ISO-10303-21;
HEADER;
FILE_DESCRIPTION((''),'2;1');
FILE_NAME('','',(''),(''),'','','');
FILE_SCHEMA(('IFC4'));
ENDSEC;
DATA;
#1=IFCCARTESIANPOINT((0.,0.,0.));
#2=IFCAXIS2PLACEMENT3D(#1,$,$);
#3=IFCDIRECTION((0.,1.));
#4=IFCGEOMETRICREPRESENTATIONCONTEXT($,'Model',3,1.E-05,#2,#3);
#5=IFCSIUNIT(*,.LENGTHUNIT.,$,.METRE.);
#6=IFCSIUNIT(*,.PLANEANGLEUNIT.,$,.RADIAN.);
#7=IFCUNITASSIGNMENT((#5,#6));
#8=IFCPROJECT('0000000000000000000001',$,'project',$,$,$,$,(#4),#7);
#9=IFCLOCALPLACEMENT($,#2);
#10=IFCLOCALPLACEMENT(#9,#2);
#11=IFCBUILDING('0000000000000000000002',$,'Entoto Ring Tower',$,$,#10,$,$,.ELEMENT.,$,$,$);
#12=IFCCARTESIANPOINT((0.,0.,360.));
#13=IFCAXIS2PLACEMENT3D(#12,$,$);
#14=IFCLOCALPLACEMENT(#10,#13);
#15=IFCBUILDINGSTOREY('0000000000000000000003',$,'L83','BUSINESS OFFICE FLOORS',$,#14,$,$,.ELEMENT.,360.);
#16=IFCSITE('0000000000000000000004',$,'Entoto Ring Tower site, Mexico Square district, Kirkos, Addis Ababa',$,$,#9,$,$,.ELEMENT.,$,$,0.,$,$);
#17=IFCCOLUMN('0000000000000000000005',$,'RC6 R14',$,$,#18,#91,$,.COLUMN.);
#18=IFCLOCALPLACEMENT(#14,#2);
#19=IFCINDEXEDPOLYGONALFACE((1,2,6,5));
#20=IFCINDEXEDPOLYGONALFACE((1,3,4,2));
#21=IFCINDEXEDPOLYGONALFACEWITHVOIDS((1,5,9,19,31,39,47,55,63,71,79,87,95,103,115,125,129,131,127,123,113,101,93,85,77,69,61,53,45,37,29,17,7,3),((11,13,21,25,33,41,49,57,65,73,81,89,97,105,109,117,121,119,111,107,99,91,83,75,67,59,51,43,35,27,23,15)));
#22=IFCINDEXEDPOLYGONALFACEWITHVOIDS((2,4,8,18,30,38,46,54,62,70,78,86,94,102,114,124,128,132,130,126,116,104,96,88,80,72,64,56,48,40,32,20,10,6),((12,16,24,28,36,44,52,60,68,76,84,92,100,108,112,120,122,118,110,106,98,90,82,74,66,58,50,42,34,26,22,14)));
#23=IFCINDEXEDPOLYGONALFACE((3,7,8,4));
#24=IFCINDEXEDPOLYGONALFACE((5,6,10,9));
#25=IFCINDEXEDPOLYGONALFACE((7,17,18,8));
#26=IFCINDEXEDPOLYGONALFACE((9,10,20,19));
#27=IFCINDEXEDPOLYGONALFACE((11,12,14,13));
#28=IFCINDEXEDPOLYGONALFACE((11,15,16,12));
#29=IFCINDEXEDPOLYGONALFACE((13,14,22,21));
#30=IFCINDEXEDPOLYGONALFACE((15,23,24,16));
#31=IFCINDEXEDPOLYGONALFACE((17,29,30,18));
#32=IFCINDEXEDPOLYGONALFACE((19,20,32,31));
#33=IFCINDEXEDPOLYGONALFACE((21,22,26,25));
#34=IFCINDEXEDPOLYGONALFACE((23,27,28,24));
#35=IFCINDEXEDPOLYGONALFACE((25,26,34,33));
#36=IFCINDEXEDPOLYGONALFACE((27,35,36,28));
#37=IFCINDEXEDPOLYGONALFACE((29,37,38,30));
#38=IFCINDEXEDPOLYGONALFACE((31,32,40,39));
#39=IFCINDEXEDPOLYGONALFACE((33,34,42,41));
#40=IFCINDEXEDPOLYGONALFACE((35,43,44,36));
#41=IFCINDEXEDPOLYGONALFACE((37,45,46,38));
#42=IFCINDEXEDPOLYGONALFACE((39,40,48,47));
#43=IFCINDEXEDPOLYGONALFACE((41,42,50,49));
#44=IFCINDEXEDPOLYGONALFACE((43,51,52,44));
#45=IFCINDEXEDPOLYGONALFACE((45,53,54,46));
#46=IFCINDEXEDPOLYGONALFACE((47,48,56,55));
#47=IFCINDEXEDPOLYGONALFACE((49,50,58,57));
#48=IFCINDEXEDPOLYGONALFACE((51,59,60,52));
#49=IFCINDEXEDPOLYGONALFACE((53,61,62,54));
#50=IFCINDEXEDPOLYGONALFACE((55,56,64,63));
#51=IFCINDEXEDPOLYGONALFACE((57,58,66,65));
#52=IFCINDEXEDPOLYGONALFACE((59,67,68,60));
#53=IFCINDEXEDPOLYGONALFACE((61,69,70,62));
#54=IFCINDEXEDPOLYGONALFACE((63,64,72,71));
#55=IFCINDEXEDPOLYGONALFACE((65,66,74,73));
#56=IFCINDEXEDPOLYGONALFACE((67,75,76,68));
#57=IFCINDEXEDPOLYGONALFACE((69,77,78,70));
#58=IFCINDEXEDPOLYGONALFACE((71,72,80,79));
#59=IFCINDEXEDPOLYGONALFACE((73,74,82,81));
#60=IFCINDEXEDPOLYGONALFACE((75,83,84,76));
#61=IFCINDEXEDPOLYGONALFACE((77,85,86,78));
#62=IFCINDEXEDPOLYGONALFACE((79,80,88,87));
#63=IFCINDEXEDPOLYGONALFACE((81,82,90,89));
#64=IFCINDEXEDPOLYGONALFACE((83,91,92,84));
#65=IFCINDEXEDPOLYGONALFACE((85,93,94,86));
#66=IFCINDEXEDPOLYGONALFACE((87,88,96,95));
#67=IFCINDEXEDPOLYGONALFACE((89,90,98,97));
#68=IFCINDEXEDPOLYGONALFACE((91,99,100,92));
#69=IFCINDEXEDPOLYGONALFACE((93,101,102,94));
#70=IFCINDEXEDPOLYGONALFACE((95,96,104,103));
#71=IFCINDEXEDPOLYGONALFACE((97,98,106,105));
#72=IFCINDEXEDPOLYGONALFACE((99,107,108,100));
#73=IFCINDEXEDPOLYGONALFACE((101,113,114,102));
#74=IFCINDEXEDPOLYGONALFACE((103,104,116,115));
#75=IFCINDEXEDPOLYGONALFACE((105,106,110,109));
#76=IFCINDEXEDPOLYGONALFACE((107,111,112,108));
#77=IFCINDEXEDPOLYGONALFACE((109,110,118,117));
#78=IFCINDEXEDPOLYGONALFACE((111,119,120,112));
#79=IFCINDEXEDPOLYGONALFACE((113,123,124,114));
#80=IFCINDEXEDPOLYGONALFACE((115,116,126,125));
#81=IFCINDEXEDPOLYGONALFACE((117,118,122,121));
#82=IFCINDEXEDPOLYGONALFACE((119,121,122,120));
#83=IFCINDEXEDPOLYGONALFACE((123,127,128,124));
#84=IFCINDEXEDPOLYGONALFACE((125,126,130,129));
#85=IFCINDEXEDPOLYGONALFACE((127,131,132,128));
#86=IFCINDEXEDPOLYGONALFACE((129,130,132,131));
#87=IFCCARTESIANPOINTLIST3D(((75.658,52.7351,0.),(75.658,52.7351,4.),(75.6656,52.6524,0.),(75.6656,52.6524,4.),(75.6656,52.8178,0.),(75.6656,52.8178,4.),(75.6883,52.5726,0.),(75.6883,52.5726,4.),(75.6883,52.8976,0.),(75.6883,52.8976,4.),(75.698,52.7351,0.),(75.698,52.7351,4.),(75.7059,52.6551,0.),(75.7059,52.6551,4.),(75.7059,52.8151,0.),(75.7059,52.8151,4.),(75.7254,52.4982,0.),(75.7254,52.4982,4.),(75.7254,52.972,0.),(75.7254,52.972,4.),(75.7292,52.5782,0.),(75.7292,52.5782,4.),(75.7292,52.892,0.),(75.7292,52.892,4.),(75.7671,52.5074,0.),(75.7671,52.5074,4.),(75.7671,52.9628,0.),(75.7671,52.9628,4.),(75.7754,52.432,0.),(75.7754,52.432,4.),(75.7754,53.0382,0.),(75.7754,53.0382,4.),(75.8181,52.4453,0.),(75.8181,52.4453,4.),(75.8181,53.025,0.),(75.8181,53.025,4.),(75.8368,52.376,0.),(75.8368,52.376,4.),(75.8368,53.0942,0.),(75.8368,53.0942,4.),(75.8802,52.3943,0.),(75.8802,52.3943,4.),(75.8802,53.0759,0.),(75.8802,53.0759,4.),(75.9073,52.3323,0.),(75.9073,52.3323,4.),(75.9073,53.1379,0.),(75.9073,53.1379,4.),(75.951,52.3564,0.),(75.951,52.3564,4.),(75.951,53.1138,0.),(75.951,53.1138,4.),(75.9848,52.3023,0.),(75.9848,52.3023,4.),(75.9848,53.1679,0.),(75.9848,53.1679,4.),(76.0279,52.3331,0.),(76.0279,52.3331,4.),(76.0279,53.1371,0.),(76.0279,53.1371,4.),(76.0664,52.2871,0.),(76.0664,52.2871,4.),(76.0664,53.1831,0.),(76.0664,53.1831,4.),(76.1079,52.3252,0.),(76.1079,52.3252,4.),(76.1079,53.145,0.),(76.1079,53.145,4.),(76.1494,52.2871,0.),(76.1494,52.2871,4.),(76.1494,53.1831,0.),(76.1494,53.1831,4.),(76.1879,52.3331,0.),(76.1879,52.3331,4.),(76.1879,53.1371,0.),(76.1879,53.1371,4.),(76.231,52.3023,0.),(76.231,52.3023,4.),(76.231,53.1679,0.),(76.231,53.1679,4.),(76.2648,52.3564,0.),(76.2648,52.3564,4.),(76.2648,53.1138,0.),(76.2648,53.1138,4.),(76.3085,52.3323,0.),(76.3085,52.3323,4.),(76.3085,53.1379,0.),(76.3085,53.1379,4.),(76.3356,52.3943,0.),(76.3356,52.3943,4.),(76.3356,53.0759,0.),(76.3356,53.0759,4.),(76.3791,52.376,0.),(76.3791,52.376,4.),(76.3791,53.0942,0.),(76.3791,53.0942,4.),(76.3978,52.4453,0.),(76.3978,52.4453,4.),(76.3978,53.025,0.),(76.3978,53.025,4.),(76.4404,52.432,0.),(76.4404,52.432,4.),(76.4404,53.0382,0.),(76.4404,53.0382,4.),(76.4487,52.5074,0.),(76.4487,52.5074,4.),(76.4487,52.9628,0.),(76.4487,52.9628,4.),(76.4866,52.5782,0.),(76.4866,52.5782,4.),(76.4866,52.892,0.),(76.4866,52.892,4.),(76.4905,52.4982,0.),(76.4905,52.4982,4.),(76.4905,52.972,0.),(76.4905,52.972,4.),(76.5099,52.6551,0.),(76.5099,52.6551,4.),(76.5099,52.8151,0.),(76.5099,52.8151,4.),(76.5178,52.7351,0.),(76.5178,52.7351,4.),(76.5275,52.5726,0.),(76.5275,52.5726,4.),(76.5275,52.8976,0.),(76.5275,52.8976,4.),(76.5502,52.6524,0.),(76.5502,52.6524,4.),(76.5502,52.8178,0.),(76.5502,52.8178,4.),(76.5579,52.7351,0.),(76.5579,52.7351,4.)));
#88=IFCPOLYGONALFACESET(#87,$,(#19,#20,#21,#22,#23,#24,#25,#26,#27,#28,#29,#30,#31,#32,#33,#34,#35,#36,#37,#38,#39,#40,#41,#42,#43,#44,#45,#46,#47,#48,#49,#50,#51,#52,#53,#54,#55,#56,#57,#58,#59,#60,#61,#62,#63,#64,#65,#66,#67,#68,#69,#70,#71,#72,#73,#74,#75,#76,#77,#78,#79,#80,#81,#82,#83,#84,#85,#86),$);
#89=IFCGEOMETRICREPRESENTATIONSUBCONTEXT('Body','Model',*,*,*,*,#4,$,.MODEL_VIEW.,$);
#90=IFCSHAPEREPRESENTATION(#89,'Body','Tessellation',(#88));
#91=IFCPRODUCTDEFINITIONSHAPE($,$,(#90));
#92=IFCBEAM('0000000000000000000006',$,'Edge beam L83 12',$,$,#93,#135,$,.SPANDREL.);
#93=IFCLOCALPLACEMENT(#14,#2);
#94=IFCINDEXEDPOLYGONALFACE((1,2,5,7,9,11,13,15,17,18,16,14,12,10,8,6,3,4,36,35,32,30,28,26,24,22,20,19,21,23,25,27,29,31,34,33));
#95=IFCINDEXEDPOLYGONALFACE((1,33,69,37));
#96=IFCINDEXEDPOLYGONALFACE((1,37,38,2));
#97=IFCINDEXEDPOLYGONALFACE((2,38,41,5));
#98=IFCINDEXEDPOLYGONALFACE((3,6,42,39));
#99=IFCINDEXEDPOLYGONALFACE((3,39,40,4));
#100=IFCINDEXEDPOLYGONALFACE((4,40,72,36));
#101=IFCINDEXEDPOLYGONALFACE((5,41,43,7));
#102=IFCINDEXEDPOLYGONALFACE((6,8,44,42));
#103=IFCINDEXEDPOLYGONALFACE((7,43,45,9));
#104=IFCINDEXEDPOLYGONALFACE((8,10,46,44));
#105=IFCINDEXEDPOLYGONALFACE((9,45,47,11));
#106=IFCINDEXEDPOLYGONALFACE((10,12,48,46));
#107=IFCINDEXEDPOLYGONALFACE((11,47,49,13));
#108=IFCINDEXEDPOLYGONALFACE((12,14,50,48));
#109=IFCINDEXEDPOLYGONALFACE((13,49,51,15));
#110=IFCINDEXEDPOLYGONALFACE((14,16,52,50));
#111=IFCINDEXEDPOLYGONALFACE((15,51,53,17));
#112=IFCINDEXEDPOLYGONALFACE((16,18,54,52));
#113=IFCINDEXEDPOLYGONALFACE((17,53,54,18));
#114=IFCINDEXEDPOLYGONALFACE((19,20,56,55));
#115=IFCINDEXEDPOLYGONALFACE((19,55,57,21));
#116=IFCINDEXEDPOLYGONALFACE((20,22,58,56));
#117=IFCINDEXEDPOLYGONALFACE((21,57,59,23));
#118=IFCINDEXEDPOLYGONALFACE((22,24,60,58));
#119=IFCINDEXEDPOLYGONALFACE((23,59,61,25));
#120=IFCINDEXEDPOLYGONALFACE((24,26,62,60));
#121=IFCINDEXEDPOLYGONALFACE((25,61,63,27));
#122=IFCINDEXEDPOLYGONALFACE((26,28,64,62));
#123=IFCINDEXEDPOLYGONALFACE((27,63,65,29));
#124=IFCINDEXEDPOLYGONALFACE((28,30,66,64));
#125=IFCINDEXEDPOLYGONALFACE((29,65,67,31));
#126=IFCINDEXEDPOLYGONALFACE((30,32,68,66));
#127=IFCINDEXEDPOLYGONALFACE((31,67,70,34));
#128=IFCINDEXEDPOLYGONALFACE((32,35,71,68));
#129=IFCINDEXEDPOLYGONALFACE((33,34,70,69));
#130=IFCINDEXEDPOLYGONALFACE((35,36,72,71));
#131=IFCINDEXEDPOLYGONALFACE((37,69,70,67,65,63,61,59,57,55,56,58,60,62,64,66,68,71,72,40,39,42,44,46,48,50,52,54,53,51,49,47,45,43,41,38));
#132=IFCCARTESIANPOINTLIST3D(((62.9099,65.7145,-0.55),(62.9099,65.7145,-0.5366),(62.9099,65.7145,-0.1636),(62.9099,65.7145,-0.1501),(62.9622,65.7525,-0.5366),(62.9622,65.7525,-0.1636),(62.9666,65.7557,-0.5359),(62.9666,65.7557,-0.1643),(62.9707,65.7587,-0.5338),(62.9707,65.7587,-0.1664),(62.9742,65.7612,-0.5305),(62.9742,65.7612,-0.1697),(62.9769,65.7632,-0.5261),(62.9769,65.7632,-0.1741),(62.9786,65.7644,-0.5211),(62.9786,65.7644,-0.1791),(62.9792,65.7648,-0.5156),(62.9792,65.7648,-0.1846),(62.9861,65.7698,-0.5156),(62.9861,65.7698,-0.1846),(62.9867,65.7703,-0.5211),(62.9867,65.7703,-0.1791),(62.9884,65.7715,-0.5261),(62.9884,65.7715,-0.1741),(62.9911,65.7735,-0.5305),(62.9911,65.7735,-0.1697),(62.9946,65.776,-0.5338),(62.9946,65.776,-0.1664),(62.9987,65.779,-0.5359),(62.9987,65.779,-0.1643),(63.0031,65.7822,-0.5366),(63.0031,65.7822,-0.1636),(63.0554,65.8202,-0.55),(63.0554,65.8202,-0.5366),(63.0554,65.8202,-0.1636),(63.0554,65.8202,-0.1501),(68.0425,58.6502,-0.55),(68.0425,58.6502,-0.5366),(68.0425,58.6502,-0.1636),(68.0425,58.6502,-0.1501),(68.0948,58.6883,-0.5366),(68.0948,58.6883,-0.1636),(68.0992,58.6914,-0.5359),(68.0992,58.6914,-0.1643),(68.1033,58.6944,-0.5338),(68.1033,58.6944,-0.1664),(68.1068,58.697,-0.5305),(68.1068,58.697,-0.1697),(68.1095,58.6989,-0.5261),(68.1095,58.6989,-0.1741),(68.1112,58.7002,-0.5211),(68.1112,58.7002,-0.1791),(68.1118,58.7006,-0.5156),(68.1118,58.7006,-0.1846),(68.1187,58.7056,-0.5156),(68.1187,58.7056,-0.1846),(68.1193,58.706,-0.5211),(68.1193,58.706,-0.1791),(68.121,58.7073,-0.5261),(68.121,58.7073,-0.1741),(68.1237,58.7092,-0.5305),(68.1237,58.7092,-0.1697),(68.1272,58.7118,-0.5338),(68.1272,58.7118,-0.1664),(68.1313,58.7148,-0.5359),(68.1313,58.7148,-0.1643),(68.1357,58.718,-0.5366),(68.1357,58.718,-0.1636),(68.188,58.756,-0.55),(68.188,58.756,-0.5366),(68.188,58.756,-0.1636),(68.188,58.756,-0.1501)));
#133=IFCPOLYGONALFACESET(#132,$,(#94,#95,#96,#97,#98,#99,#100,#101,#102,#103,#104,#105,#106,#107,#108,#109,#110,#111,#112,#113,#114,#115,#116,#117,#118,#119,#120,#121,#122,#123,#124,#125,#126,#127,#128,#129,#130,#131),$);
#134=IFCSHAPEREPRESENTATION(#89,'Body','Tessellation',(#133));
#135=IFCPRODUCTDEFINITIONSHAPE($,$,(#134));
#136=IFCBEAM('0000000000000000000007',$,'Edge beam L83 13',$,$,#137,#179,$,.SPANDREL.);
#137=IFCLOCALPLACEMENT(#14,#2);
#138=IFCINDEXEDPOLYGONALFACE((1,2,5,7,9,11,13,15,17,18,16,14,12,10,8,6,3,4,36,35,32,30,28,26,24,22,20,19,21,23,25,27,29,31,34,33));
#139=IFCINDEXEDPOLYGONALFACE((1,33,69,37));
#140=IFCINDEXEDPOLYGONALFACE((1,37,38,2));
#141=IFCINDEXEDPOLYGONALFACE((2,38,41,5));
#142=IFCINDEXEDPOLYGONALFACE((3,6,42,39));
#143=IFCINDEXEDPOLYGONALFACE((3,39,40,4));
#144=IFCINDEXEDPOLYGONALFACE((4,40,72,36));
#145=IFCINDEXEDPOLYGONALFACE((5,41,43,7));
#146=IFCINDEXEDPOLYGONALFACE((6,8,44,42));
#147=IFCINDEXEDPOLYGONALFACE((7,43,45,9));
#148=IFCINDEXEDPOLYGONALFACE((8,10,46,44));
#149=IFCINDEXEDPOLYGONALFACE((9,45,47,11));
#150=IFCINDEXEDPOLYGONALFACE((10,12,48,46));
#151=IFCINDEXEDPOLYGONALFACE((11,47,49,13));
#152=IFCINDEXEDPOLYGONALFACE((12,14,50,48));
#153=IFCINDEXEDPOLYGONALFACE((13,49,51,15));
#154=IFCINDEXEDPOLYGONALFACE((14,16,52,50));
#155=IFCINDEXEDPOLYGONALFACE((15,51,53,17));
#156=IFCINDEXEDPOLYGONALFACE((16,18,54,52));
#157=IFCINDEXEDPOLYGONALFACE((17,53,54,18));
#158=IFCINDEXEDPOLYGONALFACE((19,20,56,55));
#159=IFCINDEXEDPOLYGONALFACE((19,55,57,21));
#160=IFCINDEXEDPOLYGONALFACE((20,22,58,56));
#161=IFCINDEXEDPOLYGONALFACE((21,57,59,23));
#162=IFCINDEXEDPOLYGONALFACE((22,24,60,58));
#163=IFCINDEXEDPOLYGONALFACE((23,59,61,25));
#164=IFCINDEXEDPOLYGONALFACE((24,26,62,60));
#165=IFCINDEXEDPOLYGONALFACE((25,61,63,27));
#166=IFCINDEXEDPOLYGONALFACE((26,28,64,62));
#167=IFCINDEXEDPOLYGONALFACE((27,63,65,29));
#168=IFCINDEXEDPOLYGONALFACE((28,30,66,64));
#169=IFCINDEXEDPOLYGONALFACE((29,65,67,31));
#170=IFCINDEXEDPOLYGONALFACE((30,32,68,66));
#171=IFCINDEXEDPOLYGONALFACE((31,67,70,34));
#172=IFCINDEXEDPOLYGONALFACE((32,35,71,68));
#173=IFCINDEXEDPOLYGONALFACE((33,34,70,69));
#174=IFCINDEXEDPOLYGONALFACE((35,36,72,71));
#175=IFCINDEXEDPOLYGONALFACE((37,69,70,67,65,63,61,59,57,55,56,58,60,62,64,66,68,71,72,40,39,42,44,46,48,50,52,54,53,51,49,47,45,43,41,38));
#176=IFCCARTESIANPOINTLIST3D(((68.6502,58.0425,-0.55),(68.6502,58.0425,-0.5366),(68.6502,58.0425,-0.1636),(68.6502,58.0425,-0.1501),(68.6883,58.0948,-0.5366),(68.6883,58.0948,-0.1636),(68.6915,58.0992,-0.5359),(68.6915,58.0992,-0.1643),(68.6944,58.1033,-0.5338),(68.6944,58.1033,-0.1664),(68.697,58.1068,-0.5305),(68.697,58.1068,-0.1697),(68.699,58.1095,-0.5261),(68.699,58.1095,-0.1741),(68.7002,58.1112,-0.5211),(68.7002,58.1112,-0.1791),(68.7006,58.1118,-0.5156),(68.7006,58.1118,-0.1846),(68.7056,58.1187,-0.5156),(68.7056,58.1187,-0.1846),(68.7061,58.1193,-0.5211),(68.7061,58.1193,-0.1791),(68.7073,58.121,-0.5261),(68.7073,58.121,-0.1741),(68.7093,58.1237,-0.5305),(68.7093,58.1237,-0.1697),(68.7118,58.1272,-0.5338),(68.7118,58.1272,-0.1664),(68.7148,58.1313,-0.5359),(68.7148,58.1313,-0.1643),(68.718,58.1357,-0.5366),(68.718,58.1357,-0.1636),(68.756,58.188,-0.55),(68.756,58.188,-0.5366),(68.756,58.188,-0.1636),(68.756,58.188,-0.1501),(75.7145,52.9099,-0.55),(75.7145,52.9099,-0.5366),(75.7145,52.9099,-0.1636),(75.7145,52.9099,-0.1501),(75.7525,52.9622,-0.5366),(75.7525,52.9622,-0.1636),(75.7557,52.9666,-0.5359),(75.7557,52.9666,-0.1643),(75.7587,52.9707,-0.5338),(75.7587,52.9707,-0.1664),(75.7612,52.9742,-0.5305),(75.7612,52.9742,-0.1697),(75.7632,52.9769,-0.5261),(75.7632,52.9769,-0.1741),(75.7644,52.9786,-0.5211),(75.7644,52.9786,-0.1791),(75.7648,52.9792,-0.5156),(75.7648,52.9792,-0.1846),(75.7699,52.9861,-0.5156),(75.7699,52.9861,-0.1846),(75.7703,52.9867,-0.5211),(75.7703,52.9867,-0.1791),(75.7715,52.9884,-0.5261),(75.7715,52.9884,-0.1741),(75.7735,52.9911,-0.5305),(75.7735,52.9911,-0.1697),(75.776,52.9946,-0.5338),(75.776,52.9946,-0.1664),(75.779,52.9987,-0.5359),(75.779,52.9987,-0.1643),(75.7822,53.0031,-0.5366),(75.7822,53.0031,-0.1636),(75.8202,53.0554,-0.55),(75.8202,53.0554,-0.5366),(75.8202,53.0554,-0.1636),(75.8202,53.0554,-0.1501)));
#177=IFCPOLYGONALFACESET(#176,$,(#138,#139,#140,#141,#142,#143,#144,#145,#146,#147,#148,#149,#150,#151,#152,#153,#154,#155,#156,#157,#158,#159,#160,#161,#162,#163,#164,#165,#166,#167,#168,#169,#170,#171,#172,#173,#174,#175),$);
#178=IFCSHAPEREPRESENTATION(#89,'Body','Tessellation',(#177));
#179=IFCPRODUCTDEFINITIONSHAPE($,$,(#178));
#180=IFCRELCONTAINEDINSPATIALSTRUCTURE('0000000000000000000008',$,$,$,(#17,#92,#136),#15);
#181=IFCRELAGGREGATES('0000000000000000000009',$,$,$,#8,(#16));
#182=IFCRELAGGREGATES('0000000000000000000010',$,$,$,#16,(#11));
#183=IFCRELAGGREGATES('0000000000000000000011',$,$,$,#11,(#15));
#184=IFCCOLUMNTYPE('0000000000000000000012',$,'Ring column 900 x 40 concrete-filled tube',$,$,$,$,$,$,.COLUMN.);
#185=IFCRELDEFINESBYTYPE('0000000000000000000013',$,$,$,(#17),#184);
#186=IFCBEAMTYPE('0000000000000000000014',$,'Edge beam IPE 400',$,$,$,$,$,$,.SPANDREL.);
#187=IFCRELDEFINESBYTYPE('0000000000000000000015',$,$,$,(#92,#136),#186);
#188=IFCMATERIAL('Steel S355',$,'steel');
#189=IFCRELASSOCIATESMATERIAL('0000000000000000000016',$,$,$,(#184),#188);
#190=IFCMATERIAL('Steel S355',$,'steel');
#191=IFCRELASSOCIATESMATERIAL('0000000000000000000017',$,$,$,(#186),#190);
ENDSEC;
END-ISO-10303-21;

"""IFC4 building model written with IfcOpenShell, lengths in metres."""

from ifc_helpers import new_model, si_unit, direction, frame, origin, origin_2d, place, context, subcontext, project, spatial, circle, hollow_circle, i_section, extrude, material, material_profile, profile_set, type_object, element, save


model = new_model("IFC4")

# Units and contexts
model_context = context("Model", 3, precision=1e-05, world=origin(), true_north=direction((0.0, 1.0)))
body_context = subcontext(model_context, "Body", "Model", "MODEL_VIEW")
ifc_project = project(units=[si_unit("LENGTHUNIT", "METRE"), si_unit("PLANEANGLEUNIT", "RADIAN")], contexts=[model_context])

# Site, building, storey
site_placement = place(None, origin())
site = spatial("IfcSite", under=ifc_project, at=site_placement, Name="Entoto Ring Tower site, Mexico Square district, Kirkos, Addis Ababa", CompositionType="ELEMENT", RefElevation=0.0)
building_placement = place(site_placement, origin())
building = spatial("IfcBuilding", under=site, at=building_placement, Name="Entoto Ring Tower", CompositionType="ELEMENT")
storey_placement = place(building_placement, frame((0.0, 0.0, 360.0)))
storey = spatial("IfcBuildingStorey", under=building, at=storey_placement, Name="L83", Description="BUSINESS OFFICE FLOORS", CompositionType="ELEMENT", Elevation=360.0)

# Column
ifc_material_1 = material(Name="Steel S355", Category="steel")
ifc_material_profile_1 = material_profile(ifc_material_1, hollow_circle(Radius=0.45, WallThickness=0.04, at=origin_2d()), Name="CHS 900 x 40")
ifc_material_2 = material(Name="Concrete C60/75", Category="concrete")
ifc_material_profile_2 = material_profile(ifc_material_2, circle(Radius=0.4099, at=origin_2d()), Name="Concrete C60/75 infill")
ifc_profile_set_1 = profile_set([ifc_material_profile_1, ifc_material_profile_2], Name="Steel S355")
column_type = type_object("IfcColumnType", Name="Ring column 900 x 40 concrete-filled tube", PredefinedType="COLUMN", material=ifc_profile_set_1)
for number, where, z_axis, x_axis, name in (
    (1, (76.1079, 52.7351, 0.0), (0.0, 0.0, 1.0), (1.0, 0.0, 0.0), "RC6 R14"),
):
    element("IfcColumn", number, at=place(storey_placement, frame(where, z_axis=z_axis, x_axis=x_axis)), inside=storey, type_object=column_type, Name=name, PredefinedType="COLUMN", context=body_context, shape_type="SweptSolid", body=[
        extrude(hollow_circle(Radius=0.45, WallThickness=0.04, at=origin_2d()), origin(), (0.0, 0.0, 1.0), 4.0),
    ])

# Beams
ifc_material_3 = material(Name="Steel S355", Category="steel")
ifc_material_profile_3 = material_profile(ifc_material_3, i_section(OverallWidth=0.1799, OverallDepth=0.3999, WebThickness=0.0085, FlangeThickness=0.0134, FilletRadius=0.021, at=origin_2d()), Name="IPE 400")
ifc_profile_set_2 = profile_set([ifc_material_profile_3], Name="Steel S355")
beam_type_1 = type_object("IfcBeamType", Name="Edge beam IPE 400", PredefinedType="SPANDREL", material=ifc_profile_set_2)
for number, where, z_axis, x_axis, name in (
    (2, (62.9827, 65.7673, -0.3501), (0.587794, -0.80901, 0.0), (0.80901, 0.587794, 0.0), "Edge beam L83 12"),
    (3, (68.7031, 58.1152, -0.3501), (0.80901, -0.587794, 0.0), (0.587794, 0.80901, 0.0), "Edge beam L83 13"),
):
    element("IfcBeam", number, at=place(storey_placement, frame(where, z_axis=z_axis, x_axis=x_axis)), inside=storey, type_object=beam_type_1, Name=name, PredefinedType="SPANDREL", context=body_context, shape_type="SweptSolid", body=[
        extrude(i_section(OverallWidth=0.1799, OverallDepth=0.3999, WebThickness=0.0085, FlangeThickness=0.0134, FilletRadius=0.021, at=origin_2d()), origin(), (0.0, 0.0, 1.0), 8.7319),
    ])

save(model, "model.ifc")
